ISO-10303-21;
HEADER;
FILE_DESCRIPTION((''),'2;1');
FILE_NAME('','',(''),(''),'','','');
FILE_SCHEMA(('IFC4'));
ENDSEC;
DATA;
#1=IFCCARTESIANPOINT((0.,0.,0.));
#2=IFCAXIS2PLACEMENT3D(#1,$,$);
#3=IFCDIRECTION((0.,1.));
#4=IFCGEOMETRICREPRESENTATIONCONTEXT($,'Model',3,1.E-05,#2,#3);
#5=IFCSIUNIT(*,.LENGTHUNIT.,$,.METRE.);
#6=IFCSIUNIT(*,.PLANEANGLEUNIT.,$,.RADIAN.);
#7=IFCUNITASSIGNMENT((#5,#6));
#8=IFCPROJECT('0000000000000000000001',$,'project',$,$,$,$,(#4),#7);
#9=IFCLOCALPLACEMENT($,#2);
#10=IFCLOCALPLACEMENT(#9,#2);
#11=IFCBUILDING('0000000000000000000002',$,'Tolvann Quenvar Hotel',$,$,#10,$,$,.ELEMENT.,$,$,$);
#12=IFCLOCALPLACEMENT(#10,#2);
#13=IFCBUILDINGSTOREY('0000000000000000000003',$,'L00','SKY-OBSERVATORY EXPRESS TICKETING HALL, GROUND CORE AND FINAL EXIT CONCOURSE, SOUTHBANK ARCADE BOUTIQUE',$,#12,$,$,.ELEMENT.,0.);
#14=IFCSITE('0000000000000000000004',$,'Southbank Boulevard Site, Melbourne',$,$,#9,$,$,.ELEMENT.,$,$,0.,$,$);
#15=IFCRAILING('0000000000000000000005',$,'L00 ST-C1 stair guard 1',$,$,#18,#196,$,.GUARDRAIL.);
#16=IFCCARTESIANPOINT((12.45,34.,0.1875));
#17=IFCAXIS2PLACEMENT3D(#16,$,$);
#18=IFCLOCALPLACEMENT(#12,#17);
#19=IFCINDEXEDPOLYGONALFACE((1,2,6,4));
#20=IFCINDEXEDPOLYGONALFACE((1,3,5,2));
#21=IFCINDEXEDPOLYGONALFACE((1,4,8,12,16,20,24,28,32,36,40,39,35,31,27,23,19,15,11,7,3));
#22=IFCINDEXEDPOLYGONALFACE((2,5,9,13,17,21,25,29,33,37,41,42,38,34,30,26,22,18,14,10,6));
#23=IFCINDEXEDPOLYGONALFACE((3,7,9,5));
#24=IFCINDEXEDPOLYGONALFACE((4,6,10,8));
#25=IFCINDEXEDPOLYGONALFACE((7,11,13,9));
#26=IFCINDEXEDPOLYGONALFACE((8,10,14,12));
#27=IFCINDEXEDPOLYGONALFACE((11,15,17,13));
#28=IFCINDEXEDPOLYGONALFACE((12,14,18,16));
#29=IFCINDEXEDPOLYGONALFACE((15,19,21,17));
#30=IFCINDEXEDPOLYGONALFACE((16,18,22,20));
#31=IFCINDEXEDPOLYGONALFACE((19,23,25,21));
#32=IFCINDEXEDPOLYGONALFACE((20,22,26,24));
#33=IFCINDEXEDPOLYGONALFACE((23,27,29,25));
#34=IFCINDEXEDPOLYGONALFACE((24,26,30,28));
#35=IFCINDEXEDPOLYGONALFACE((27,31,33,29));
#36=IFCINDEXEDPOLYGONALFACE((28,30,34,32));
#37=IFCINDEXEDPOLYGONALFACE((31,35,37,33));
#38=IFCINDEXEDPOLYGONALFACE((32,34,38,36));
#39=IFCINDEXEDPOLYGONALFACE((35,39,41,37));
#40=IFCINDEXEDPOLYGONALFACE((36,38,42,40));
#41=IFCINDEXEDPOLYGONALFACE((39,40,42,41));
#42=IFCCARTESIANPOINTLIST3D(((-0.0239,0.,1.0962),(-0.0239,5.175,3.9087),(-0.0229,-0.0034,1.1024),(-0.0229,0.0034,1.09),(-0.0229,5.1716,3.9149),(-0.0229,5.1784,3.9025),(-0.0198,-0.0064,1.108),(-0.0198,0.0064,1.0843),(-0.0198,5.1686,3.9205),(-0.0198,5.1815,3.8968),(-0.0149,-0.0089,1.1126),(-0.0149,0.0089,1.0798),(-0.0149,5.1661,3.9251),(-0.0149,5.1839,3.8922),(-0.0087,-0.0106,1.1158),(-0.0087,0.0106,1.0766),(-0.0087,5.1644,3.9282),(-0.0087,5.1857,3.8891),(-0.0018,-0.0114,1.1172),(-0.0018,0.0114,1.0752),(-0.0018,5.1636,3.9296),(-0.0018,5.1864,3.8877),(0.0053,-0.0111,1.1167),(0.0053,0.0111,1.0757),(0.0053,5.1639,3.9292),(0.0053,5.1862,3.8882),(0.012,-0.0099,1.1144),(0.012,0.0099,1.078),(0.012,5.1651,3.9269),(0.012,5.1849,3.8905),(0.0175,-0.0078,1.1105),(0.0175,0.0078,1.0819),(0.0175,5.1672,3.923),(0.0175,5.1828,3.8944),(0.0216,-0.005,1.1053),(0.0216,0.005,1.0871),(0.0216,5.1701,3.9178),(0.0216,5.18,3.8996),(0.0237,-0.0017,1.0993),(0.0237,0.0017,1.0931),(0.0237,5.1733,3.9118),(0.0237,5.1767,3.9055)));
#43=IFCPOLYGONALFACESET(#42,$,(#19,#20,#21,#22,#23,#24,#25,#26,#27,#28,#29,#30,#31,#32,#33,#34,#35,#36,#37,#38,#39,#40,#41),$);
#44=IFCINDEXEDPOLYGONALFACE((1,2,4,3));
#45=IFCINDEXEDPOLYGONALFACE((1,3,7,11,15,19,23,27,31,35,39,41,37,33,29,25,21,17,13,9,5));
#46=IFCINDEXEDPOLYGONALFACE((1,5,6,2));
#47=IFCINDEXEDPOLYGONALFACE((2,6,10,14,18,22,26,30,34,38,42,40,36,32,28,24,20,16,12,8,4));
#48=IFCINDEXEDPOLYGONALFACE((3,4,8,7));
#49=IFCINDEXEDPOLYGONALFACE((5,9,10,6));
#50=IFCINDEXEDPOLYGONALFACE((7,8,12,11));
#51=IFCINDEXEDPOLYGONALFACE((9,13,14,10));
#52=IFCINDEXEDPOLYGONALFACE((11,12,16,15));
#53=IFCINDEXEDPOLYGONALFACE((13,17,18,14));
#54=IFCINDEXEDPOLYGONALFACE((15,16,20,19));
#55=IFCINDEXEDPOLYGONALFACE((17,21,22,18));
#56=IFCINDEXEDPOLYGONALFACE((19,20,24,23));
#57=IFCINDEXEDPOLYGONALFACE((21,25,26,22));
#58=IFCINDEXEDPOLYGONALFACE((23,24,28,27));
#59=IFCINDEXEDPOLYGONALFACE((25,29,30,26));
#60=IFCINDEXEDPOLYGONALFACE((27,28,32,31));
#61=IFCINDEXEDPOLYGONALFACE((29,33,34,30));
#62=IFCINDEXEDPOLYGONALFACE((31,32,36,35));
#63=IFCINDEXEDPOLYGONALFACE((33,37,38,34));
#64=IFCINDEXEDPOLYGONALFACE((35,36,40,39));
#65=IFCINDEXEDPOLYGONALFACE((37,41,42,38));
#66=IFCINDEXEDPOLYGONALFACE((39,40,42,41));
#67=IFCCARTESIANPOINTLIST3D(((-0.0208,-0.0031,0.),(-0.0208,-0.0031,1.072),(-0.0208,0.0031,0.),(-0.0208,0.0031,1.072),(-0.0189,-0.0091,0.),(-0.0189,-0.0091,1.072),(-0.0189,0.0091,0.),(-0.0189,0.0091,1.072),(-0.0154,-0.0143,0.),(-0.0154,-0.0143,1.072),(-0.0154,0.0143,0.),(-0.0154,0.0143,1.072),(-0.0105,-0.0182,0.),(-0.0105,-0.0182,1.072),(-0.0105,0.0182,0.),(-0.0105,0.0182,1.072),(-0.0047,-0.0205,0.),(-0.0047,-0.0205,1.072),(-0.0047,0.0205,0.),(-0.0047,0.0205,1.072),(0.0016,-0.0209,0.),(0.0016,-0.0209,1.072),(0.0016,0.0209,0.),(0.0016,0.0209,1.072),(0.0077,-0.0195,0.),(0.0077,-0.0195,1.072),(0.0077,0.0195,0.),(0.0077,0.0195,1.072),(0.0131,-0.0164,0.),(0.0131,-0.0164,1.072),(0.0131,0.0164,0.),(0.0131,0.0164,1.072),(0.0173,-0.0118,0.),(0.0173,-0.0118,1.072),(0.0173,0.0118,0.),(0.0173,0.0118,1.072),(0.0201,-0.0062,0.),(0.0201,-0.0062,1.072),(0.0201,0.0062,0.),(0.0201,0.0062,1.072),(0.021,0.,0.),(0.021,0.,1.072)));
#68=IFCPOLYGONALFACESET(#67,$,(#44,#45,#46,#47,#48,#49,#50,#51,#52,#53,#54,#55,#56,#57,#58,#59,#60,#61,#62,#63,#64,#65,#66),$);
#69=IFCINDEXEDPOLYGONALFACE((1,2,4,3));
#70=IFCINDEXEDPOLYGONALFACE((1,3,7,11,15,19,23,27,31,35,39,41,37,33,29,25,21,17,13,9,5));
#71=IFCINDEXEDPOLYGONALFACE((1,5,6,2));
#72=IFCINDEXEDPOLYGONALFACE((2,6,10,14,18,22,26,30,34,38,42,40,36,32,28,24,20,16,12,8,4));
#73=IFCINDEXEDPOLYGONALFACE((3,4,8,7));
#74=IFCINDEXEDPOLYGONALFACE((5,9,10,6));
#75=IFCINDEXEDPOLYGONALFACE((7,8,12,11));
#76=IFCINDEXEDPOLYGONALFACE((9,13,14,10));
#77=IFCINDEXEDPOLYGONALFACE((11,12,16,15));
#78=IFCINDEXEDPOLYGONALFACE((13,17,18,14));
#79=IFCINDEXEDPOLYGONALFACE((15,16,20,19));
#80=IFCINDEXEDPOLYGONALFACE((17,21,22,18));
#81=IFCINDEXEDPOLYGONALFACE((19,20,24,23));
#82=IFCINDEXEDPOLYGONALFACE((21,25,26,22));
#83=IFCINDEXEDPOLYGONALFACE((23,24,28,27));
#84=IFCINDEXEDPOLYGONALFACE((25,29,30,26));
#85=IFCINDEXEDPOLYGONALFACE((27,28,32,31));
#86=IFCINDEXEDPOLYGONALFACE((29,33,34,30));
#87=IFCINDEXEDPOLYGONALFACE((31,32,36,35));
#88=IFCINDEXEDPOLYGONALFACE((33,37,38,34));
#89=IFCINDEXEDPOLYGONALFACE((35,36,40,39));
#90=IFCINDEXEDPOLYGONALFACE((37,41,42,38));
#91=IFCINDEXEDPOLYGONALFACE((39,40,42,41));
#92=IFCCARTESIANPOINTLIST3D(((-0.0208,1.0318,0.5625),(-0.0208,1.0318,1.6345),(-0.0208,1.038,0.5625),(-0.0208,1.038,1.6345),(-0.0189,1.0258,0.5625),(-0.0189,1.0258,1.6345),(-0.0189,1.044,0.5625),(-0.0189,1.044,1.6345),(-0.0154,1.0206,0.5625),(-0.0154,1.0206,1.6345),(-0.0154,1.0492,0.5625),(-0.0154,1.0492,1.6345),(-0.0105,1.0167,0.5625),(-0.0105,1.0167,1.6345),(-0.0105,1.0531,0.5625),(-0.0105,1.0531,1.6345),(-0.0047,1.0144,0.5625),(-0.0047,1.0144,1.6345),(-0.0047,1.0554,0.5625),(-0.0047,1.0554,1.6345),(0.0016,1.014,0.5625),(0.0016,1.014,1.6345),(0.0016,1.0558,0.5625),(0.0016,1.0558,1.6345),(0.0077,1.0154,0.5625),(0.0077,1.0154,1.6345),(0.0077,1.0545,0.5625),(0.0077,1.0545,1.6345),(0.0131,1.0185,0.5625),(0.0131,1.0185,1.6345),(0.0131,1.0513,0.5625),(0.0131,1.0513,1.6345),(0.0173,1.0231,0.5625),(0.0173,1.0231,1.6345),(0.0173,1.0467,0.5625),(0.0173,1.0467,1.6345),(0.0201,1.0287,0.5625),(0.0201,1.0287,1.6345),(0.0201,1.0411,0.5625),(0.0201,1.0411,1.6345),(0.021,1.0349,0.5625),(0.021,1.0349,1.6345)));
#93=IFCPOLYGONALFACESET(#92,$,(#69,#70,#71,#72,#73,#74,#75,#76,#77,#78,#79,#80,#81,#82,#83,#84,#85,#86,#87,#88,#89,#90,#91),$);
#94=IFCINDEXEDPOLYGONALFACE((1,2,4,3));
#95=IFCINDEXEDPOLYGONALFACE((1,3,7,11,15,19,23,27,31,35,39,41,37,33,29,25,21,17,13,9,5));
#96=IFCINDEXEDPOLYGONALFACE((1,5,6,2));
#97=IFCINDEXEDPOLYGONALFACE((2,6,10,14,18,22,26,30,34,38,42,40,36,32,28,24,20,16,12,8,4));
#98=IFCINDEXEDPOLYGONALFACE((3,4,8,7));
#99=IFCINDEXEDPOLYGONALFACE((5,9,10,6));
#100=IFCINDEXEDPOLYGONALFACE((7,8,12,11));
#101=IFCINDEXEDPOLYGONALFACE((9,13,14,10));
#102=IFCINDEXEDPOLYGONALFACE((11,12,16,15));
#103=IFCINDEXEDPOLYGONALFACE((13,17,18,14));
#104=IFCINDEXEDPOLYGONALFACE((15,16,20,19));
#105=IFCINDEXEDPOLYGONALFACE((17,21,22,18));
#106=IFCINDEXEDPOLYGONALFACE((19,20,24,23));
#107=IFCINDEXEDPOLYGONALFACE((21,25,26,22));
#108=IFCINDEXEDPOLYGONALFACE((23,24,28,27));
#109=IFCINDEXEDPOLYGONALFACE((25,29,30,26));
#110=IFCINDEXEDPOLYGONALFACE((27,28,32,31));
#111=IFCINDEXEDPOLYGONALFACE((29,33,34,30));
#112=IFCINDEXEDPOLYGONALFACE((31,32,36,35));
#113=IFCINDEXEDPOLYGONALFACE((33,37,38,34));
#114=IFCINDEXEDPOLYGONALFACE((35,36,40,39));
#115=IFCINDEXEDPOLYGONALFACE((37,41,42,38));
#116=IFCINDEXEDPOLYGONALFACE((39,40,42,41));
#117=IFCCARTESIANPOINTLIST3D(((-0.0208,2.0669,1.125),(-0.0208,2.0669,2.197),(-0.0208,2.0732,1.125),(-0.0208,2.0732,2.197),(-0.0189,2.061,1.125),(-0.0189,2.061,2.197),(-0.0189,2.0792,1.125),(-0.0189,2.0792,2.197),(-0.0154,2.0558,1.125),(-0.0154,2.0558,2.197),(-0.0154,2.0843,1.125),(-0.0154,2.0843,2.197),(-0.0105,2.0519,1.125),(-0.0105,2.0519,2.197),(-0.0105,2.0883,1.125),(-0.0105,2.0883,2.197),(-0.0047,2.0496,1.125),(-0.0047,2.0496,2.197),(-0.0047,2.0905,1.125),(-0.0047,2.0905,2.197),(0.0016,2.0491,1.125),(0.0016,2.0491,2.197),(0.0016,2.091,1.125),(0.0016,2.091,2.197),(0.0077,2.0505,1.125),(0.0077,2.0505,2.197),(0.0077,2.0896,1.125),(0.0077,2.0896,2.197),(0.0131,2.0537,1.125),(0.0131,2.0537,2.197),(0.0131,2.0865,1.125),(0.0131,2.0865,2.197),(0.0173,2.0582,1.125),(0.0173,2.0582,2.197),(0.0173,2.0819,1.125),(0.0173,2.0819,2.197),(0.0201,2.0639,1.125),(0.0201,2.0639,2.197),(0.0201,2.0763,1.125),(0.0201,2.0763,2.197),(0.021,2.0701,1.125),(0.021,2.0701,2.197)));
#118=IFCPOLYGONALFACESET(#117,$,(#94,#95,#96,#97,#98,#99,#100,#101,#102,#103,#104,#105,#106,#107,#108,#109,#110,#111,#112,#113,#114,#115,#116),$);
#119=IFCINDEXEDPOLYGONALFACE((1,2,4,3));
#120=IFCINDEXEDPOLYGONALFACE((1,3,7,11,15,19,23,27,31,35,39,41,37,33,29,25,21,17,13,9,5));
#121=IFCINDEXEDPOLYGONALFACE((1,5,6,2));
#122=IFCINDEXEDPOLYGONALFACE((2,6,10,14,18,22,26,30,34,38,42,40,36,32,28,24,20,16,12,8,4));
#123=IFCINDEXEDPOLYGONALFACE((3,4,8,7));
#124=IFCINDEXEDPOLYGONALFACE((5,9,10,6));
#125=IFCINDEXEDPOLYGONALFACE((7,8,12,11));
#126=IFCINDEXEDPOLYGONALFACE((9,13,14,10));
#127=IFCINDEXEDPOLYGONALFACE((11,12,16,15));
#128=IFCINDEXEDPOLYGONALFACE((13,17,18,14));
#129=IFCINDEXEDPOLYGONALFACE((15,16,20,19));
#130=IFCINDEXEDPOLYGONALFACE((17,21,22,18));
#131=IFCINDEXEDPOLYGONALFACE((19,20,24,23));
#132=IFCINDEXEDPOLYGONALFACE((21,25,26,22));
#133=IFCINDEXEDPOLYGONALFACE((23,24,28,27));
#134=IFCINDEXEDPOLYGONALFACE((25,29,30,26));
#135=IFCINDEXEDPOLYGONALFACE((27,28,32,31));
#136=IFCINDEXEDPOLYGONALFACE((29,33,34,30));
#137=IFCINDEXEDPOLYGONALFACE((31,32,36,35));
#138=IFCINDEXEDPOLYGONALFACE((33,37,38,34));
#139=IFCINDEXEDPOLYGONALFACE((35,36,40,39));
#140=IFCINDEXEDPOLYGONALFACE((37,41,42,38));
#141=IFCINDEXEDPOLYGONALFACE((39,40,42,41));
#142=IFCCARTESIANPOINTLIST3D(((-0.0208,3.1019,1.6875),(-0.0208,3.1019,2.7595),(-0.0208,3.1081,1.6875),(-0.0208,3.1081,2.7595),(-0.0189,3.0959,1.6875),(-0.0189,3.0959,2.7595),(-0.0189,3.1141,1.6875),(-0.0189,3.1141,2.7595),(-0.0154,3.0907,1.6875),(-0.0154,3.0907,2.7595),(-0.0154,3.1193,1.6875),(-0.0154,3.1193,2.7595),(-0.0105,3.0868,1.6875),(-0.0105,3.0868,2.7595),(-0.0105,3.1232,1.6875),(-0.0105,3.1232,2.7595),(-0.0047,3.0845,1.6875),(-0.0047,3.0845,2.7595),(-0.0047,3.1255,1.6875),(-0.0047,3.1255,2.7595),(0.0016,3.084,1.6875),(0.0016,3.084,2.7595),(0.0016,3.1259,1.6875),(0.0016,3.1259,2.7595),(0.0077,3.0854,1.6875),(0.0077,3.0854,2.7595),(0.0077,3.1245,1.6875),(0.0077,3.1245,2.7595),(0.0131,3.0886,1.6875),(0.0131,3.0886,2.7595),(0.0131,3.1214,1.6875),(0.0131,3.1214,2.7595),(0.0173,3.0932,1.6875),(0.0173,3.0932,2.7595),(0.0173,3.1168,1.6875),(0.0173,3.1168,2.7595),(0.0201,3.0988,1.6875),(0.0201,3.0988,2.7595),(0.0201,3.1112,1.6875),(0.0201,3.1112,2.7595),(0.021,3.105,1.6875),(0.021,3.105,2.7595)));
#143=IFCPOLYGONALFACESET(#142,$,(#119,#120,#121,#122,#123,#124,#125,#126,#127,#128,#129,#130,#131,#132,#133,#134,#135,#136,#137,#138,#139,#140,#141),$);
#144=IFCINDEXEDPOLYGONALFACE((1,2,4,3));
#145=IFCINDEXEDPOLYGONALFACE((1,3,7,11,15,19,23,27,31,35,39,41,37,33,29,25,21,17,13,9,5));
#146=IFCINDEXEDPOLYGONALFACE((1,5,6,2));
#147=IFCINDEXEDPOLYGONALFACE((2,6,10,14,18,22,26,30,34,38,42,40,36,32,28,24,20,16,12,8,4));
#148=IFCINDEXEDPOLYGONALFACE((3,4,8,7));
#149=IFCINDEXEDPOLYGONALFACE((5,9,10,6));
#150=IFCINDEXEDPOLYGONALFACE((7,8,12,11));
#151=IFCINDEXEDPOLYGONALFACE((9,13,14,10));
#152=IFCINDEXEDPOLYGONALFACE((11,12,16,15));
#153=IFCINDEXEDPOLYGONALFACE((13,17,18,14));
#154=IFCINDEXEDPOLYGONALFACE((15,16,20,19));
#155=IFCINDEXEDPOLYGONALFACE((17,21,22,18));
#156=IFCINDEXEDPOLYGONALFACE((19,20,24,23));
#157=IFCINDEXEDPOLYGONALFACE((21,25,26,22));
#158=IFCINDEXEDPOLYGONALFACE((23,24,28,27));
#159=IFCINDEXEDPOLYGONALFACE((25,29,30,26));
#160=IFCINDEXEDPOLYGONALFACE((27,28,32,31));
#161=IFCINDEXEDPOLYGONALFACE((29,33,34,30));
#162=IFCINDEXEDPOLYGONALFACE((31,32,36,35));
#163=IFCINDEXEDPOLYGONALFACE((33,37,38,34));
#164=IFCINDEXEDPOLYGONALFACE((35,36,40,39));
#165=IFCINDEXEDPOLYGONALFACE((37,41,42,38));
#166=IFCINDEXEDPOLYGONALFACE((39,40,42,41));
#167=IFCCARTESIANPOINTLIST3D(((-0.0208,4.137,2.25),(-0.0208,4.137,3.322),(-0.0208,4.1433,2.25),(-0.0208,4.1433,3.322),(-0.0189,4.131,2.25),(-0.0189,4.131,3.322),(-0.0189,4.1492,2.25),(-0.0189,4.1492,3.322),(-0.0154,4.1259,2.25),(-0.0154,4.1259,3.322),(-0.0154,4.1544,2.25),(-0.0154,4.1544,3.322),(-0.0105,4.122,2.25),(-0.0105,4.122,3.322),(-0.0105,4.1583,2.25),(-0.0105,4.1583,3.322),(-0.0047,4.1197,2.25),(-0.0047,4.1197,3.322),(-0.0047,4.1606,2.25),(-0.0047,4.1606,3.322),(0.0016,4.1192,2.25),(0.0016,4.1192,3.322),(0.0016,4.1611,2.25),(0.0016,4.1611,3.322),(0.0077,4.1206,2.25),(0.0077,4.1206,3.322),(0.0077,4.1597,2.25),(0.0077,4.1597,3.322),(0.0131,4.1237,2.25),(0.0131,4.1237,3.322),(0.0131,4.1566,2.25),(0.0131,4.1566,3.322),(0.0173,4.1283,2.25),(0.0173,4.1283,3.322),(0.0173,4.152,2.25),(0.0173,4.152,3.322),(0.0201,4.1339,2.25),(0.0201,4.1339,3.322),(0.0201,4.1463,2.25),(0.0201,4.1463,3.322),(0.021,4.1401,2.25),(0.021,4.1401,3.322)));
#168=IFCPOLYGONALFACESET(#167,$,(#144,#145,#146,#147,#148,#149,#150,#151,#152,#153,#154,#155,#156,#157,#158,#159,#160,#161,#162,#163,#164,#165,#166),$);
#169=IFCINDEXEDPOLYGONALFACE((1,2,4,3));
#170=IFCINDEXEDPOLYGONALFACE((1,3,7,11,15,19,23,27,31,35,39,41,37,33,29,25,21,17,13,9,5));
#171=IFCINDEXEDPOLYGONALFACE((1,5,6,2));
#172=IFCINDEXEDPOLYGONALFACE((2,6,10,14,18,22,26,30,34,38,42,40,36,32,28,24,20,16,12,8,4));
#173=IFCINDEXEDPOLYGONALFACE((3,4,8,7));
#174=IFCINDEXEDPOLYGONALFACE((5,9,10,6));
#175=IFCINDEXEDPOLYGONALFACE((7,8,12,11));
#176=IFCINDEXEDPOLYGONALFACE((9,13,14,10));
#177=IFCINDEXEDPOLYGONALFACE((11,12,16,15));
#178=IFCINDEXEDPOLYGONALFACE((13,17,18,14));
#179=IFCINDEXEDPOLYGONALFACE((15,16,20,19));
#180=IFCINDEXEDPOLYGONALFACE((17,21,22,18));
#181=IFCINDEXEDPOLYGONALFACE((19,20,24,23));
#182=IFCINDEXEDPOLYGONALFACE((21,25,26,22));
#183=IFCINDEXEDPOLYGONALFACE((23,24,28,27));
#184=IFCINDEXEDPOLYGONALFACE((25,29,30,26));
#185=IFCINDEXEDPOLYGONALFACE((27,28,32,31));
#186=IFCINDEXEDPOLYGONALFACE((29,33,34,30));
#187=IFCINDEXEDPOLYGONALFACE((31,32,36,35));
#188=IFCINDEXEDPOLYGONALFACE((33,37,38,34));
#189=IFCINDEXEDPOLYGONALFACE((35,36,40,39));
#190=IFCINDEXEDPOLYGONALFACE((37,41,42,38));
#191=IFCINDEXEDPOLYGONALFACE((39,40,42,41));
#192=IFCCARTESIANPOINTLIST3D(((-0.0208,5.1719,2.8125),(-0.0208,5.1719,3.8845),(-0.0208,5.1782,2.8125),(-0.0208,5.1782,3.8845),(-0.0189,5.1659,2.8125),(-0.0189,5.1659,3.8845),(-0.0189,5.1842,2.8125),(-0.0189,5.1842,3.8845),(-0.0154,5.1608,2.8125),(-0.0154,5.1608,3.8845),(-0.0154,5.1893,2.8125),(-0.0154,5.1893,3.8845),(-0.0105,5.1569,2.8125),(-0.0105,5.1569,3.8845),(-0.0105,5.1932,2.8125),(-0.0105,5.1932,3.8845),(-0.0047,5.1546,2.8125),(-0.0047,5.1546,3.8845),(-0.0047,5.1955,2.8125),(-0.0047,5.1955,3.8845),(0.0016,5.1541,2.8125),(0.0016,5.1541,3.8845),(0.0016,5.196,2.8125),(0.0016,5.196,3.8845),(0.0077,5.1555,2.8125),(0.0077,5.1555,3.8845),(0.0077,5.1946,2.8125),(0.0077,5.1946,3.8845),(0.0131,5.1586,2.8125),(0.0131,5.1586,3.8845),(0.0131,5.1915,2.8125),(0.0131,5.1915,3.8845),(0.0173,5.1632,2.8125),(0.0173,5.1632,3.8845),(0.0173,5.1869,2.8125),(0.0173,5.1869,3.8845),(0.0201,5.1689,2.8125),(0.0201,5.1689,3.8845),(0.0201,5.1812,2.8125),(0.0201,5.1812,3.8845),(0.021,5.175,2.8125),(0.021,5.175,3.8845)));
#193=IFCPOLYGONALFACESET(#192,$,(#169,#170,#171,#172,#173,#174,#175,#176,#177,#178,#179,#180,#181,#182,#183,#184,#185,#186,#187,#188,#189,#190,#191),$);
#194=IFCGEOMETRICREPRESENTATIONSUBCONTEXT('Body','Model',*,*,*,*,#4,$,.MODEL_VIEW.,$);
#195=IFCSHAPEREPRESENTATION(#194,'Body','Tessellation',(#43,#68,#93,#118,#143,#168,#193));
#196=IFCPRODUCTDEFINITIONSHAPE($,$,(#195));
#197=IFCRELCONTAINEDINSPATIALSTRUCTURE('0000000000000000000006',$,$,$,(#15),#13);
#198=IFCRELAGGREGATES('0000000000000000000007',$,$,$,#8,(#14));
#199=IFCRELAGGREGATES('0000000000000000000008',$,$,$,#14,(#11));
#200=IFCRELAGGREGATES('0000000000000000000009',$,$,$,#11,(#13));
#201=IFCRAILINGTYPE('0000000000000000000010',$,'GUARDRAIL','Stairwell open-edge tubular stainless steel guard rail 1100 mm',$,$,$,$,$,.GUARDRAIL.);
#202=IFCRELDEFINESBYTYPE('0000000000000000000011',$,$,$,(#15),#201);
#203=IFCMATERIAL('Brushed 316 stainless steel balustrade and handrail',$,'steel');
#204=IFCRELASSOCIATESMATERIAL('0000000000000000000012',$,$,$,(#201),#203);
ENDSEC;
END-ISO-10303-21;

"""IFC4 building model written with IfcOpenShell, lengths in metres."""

from ifc_helpers import new_model, si_unit, direction, frame, origin, origin_2d, place, context, subcontext, project, spatial, circle, extrude, material, type_object, element, save


model = new_model("IFC4")

# Units and contexts
model_context = context("Model", 3, precision=1e-05, world=origin(), true_north=direction((0.0, 1.0)))
body_context = subcontext(model_context, "Body", "Model", "MODEL_VIEW")
ifc_project = project(units=[si_unit("LENGTHUNIT", "METRE"), si_unit("PLANEANGLEUNIT", "RADIAN")], contexts=[model_context])

# Site, building, storey
site_placement = place(None, origin())
site = spatial("IfcSite", under=ifc_project, at=site_placement, Name="Southbank Boulevard Site, Melbourne", CompositionType="ELEMENT", RefElevation=0.0)
building_placement = place(site_placement, origin())
building = spatial("IfcBuilding", under=site, at=building_placement, Name="Tolvann Quenvar Hotel", CompositionType="ELEMENT")
storey_placement = place(building_placement, origin())
storey = spatial("IfcBuildingStorey", under=building, at=storey_placement, Name="L00", Description="SKY-OBSERVATORY EXPRESS TICKETING HALL, GROUND CORE AND FINAL EXIT CONCOURSE, SOUTHBANK ARCADE BOUTIQUE", CompositionType="ELEMENT", Elevation=0.0)

# Railing
ifc_material_1 = material(Name="Brushed 316 stainless steel balustrade and handrail", Category="steel")
railing_type_1 = type_object("IfcRailingType", Name="GUARDRAIL", Description="Stairwell open-edge tubular stainless steel guard rail 1100 mm", PredefinedType="GUARDRAIL", material=ifc_material_1)
railing_1_placement = place(storey_placement, frame((12.45, 34.0, 0.1875)))
element("IfcRailing", 1, at=railing_1_placement, inside=storey, type_object=railing_type_1, Name="L00 ST-C1 stair guard 1", PredefinedType="GUARDRAIL", context=body_context, shape_type="SweptSolid", body=[
    extrude(circle(Radius=0.0239, at=origin_2d()), frame((0.0, 0.0, 1.0962), z_axis=(0.0, 0.878626, 0.47751), x_axis=(-1.0, 0.0, 0.0)), (0.0, 0.0, 1.0), 5.8899),
    extrude(circle(Radius=0.021, at=origin_2d()), origin(), (0.0, 0.0, 1.0), 1.072),
    extrude(circle(Radius=0.021, at=origin_2d()), frame((0.0, 1.0349, 0.5625)), (0.0, 0.0, 1.0), 1.072),
    extrude(circle(Radius=0.021, at=origin_2d()), frame((0.0, 2.0701, 1.125)), (0.0, 0.0, 1.0), 1.072),
    extrude(circle(Radius=0.021, at=origin_2d()), frame((0.0, 3.105, 1.6875)), (0.0, 0.0, 1.0), 1.072),
    extrude(circle(Radius=0.021, at=origin_2d()), frame((0.0, 4.1401, 2.25)), (0.0, 0.0, 1.0), 1.072),
    extrude(circle(Radius=0.021, at=origin_2d()), frame((0.0, 5.175, 2.8125)), (0.0, 0.0, 1.0), 1.072),
])

save(model, "model.ifc")
